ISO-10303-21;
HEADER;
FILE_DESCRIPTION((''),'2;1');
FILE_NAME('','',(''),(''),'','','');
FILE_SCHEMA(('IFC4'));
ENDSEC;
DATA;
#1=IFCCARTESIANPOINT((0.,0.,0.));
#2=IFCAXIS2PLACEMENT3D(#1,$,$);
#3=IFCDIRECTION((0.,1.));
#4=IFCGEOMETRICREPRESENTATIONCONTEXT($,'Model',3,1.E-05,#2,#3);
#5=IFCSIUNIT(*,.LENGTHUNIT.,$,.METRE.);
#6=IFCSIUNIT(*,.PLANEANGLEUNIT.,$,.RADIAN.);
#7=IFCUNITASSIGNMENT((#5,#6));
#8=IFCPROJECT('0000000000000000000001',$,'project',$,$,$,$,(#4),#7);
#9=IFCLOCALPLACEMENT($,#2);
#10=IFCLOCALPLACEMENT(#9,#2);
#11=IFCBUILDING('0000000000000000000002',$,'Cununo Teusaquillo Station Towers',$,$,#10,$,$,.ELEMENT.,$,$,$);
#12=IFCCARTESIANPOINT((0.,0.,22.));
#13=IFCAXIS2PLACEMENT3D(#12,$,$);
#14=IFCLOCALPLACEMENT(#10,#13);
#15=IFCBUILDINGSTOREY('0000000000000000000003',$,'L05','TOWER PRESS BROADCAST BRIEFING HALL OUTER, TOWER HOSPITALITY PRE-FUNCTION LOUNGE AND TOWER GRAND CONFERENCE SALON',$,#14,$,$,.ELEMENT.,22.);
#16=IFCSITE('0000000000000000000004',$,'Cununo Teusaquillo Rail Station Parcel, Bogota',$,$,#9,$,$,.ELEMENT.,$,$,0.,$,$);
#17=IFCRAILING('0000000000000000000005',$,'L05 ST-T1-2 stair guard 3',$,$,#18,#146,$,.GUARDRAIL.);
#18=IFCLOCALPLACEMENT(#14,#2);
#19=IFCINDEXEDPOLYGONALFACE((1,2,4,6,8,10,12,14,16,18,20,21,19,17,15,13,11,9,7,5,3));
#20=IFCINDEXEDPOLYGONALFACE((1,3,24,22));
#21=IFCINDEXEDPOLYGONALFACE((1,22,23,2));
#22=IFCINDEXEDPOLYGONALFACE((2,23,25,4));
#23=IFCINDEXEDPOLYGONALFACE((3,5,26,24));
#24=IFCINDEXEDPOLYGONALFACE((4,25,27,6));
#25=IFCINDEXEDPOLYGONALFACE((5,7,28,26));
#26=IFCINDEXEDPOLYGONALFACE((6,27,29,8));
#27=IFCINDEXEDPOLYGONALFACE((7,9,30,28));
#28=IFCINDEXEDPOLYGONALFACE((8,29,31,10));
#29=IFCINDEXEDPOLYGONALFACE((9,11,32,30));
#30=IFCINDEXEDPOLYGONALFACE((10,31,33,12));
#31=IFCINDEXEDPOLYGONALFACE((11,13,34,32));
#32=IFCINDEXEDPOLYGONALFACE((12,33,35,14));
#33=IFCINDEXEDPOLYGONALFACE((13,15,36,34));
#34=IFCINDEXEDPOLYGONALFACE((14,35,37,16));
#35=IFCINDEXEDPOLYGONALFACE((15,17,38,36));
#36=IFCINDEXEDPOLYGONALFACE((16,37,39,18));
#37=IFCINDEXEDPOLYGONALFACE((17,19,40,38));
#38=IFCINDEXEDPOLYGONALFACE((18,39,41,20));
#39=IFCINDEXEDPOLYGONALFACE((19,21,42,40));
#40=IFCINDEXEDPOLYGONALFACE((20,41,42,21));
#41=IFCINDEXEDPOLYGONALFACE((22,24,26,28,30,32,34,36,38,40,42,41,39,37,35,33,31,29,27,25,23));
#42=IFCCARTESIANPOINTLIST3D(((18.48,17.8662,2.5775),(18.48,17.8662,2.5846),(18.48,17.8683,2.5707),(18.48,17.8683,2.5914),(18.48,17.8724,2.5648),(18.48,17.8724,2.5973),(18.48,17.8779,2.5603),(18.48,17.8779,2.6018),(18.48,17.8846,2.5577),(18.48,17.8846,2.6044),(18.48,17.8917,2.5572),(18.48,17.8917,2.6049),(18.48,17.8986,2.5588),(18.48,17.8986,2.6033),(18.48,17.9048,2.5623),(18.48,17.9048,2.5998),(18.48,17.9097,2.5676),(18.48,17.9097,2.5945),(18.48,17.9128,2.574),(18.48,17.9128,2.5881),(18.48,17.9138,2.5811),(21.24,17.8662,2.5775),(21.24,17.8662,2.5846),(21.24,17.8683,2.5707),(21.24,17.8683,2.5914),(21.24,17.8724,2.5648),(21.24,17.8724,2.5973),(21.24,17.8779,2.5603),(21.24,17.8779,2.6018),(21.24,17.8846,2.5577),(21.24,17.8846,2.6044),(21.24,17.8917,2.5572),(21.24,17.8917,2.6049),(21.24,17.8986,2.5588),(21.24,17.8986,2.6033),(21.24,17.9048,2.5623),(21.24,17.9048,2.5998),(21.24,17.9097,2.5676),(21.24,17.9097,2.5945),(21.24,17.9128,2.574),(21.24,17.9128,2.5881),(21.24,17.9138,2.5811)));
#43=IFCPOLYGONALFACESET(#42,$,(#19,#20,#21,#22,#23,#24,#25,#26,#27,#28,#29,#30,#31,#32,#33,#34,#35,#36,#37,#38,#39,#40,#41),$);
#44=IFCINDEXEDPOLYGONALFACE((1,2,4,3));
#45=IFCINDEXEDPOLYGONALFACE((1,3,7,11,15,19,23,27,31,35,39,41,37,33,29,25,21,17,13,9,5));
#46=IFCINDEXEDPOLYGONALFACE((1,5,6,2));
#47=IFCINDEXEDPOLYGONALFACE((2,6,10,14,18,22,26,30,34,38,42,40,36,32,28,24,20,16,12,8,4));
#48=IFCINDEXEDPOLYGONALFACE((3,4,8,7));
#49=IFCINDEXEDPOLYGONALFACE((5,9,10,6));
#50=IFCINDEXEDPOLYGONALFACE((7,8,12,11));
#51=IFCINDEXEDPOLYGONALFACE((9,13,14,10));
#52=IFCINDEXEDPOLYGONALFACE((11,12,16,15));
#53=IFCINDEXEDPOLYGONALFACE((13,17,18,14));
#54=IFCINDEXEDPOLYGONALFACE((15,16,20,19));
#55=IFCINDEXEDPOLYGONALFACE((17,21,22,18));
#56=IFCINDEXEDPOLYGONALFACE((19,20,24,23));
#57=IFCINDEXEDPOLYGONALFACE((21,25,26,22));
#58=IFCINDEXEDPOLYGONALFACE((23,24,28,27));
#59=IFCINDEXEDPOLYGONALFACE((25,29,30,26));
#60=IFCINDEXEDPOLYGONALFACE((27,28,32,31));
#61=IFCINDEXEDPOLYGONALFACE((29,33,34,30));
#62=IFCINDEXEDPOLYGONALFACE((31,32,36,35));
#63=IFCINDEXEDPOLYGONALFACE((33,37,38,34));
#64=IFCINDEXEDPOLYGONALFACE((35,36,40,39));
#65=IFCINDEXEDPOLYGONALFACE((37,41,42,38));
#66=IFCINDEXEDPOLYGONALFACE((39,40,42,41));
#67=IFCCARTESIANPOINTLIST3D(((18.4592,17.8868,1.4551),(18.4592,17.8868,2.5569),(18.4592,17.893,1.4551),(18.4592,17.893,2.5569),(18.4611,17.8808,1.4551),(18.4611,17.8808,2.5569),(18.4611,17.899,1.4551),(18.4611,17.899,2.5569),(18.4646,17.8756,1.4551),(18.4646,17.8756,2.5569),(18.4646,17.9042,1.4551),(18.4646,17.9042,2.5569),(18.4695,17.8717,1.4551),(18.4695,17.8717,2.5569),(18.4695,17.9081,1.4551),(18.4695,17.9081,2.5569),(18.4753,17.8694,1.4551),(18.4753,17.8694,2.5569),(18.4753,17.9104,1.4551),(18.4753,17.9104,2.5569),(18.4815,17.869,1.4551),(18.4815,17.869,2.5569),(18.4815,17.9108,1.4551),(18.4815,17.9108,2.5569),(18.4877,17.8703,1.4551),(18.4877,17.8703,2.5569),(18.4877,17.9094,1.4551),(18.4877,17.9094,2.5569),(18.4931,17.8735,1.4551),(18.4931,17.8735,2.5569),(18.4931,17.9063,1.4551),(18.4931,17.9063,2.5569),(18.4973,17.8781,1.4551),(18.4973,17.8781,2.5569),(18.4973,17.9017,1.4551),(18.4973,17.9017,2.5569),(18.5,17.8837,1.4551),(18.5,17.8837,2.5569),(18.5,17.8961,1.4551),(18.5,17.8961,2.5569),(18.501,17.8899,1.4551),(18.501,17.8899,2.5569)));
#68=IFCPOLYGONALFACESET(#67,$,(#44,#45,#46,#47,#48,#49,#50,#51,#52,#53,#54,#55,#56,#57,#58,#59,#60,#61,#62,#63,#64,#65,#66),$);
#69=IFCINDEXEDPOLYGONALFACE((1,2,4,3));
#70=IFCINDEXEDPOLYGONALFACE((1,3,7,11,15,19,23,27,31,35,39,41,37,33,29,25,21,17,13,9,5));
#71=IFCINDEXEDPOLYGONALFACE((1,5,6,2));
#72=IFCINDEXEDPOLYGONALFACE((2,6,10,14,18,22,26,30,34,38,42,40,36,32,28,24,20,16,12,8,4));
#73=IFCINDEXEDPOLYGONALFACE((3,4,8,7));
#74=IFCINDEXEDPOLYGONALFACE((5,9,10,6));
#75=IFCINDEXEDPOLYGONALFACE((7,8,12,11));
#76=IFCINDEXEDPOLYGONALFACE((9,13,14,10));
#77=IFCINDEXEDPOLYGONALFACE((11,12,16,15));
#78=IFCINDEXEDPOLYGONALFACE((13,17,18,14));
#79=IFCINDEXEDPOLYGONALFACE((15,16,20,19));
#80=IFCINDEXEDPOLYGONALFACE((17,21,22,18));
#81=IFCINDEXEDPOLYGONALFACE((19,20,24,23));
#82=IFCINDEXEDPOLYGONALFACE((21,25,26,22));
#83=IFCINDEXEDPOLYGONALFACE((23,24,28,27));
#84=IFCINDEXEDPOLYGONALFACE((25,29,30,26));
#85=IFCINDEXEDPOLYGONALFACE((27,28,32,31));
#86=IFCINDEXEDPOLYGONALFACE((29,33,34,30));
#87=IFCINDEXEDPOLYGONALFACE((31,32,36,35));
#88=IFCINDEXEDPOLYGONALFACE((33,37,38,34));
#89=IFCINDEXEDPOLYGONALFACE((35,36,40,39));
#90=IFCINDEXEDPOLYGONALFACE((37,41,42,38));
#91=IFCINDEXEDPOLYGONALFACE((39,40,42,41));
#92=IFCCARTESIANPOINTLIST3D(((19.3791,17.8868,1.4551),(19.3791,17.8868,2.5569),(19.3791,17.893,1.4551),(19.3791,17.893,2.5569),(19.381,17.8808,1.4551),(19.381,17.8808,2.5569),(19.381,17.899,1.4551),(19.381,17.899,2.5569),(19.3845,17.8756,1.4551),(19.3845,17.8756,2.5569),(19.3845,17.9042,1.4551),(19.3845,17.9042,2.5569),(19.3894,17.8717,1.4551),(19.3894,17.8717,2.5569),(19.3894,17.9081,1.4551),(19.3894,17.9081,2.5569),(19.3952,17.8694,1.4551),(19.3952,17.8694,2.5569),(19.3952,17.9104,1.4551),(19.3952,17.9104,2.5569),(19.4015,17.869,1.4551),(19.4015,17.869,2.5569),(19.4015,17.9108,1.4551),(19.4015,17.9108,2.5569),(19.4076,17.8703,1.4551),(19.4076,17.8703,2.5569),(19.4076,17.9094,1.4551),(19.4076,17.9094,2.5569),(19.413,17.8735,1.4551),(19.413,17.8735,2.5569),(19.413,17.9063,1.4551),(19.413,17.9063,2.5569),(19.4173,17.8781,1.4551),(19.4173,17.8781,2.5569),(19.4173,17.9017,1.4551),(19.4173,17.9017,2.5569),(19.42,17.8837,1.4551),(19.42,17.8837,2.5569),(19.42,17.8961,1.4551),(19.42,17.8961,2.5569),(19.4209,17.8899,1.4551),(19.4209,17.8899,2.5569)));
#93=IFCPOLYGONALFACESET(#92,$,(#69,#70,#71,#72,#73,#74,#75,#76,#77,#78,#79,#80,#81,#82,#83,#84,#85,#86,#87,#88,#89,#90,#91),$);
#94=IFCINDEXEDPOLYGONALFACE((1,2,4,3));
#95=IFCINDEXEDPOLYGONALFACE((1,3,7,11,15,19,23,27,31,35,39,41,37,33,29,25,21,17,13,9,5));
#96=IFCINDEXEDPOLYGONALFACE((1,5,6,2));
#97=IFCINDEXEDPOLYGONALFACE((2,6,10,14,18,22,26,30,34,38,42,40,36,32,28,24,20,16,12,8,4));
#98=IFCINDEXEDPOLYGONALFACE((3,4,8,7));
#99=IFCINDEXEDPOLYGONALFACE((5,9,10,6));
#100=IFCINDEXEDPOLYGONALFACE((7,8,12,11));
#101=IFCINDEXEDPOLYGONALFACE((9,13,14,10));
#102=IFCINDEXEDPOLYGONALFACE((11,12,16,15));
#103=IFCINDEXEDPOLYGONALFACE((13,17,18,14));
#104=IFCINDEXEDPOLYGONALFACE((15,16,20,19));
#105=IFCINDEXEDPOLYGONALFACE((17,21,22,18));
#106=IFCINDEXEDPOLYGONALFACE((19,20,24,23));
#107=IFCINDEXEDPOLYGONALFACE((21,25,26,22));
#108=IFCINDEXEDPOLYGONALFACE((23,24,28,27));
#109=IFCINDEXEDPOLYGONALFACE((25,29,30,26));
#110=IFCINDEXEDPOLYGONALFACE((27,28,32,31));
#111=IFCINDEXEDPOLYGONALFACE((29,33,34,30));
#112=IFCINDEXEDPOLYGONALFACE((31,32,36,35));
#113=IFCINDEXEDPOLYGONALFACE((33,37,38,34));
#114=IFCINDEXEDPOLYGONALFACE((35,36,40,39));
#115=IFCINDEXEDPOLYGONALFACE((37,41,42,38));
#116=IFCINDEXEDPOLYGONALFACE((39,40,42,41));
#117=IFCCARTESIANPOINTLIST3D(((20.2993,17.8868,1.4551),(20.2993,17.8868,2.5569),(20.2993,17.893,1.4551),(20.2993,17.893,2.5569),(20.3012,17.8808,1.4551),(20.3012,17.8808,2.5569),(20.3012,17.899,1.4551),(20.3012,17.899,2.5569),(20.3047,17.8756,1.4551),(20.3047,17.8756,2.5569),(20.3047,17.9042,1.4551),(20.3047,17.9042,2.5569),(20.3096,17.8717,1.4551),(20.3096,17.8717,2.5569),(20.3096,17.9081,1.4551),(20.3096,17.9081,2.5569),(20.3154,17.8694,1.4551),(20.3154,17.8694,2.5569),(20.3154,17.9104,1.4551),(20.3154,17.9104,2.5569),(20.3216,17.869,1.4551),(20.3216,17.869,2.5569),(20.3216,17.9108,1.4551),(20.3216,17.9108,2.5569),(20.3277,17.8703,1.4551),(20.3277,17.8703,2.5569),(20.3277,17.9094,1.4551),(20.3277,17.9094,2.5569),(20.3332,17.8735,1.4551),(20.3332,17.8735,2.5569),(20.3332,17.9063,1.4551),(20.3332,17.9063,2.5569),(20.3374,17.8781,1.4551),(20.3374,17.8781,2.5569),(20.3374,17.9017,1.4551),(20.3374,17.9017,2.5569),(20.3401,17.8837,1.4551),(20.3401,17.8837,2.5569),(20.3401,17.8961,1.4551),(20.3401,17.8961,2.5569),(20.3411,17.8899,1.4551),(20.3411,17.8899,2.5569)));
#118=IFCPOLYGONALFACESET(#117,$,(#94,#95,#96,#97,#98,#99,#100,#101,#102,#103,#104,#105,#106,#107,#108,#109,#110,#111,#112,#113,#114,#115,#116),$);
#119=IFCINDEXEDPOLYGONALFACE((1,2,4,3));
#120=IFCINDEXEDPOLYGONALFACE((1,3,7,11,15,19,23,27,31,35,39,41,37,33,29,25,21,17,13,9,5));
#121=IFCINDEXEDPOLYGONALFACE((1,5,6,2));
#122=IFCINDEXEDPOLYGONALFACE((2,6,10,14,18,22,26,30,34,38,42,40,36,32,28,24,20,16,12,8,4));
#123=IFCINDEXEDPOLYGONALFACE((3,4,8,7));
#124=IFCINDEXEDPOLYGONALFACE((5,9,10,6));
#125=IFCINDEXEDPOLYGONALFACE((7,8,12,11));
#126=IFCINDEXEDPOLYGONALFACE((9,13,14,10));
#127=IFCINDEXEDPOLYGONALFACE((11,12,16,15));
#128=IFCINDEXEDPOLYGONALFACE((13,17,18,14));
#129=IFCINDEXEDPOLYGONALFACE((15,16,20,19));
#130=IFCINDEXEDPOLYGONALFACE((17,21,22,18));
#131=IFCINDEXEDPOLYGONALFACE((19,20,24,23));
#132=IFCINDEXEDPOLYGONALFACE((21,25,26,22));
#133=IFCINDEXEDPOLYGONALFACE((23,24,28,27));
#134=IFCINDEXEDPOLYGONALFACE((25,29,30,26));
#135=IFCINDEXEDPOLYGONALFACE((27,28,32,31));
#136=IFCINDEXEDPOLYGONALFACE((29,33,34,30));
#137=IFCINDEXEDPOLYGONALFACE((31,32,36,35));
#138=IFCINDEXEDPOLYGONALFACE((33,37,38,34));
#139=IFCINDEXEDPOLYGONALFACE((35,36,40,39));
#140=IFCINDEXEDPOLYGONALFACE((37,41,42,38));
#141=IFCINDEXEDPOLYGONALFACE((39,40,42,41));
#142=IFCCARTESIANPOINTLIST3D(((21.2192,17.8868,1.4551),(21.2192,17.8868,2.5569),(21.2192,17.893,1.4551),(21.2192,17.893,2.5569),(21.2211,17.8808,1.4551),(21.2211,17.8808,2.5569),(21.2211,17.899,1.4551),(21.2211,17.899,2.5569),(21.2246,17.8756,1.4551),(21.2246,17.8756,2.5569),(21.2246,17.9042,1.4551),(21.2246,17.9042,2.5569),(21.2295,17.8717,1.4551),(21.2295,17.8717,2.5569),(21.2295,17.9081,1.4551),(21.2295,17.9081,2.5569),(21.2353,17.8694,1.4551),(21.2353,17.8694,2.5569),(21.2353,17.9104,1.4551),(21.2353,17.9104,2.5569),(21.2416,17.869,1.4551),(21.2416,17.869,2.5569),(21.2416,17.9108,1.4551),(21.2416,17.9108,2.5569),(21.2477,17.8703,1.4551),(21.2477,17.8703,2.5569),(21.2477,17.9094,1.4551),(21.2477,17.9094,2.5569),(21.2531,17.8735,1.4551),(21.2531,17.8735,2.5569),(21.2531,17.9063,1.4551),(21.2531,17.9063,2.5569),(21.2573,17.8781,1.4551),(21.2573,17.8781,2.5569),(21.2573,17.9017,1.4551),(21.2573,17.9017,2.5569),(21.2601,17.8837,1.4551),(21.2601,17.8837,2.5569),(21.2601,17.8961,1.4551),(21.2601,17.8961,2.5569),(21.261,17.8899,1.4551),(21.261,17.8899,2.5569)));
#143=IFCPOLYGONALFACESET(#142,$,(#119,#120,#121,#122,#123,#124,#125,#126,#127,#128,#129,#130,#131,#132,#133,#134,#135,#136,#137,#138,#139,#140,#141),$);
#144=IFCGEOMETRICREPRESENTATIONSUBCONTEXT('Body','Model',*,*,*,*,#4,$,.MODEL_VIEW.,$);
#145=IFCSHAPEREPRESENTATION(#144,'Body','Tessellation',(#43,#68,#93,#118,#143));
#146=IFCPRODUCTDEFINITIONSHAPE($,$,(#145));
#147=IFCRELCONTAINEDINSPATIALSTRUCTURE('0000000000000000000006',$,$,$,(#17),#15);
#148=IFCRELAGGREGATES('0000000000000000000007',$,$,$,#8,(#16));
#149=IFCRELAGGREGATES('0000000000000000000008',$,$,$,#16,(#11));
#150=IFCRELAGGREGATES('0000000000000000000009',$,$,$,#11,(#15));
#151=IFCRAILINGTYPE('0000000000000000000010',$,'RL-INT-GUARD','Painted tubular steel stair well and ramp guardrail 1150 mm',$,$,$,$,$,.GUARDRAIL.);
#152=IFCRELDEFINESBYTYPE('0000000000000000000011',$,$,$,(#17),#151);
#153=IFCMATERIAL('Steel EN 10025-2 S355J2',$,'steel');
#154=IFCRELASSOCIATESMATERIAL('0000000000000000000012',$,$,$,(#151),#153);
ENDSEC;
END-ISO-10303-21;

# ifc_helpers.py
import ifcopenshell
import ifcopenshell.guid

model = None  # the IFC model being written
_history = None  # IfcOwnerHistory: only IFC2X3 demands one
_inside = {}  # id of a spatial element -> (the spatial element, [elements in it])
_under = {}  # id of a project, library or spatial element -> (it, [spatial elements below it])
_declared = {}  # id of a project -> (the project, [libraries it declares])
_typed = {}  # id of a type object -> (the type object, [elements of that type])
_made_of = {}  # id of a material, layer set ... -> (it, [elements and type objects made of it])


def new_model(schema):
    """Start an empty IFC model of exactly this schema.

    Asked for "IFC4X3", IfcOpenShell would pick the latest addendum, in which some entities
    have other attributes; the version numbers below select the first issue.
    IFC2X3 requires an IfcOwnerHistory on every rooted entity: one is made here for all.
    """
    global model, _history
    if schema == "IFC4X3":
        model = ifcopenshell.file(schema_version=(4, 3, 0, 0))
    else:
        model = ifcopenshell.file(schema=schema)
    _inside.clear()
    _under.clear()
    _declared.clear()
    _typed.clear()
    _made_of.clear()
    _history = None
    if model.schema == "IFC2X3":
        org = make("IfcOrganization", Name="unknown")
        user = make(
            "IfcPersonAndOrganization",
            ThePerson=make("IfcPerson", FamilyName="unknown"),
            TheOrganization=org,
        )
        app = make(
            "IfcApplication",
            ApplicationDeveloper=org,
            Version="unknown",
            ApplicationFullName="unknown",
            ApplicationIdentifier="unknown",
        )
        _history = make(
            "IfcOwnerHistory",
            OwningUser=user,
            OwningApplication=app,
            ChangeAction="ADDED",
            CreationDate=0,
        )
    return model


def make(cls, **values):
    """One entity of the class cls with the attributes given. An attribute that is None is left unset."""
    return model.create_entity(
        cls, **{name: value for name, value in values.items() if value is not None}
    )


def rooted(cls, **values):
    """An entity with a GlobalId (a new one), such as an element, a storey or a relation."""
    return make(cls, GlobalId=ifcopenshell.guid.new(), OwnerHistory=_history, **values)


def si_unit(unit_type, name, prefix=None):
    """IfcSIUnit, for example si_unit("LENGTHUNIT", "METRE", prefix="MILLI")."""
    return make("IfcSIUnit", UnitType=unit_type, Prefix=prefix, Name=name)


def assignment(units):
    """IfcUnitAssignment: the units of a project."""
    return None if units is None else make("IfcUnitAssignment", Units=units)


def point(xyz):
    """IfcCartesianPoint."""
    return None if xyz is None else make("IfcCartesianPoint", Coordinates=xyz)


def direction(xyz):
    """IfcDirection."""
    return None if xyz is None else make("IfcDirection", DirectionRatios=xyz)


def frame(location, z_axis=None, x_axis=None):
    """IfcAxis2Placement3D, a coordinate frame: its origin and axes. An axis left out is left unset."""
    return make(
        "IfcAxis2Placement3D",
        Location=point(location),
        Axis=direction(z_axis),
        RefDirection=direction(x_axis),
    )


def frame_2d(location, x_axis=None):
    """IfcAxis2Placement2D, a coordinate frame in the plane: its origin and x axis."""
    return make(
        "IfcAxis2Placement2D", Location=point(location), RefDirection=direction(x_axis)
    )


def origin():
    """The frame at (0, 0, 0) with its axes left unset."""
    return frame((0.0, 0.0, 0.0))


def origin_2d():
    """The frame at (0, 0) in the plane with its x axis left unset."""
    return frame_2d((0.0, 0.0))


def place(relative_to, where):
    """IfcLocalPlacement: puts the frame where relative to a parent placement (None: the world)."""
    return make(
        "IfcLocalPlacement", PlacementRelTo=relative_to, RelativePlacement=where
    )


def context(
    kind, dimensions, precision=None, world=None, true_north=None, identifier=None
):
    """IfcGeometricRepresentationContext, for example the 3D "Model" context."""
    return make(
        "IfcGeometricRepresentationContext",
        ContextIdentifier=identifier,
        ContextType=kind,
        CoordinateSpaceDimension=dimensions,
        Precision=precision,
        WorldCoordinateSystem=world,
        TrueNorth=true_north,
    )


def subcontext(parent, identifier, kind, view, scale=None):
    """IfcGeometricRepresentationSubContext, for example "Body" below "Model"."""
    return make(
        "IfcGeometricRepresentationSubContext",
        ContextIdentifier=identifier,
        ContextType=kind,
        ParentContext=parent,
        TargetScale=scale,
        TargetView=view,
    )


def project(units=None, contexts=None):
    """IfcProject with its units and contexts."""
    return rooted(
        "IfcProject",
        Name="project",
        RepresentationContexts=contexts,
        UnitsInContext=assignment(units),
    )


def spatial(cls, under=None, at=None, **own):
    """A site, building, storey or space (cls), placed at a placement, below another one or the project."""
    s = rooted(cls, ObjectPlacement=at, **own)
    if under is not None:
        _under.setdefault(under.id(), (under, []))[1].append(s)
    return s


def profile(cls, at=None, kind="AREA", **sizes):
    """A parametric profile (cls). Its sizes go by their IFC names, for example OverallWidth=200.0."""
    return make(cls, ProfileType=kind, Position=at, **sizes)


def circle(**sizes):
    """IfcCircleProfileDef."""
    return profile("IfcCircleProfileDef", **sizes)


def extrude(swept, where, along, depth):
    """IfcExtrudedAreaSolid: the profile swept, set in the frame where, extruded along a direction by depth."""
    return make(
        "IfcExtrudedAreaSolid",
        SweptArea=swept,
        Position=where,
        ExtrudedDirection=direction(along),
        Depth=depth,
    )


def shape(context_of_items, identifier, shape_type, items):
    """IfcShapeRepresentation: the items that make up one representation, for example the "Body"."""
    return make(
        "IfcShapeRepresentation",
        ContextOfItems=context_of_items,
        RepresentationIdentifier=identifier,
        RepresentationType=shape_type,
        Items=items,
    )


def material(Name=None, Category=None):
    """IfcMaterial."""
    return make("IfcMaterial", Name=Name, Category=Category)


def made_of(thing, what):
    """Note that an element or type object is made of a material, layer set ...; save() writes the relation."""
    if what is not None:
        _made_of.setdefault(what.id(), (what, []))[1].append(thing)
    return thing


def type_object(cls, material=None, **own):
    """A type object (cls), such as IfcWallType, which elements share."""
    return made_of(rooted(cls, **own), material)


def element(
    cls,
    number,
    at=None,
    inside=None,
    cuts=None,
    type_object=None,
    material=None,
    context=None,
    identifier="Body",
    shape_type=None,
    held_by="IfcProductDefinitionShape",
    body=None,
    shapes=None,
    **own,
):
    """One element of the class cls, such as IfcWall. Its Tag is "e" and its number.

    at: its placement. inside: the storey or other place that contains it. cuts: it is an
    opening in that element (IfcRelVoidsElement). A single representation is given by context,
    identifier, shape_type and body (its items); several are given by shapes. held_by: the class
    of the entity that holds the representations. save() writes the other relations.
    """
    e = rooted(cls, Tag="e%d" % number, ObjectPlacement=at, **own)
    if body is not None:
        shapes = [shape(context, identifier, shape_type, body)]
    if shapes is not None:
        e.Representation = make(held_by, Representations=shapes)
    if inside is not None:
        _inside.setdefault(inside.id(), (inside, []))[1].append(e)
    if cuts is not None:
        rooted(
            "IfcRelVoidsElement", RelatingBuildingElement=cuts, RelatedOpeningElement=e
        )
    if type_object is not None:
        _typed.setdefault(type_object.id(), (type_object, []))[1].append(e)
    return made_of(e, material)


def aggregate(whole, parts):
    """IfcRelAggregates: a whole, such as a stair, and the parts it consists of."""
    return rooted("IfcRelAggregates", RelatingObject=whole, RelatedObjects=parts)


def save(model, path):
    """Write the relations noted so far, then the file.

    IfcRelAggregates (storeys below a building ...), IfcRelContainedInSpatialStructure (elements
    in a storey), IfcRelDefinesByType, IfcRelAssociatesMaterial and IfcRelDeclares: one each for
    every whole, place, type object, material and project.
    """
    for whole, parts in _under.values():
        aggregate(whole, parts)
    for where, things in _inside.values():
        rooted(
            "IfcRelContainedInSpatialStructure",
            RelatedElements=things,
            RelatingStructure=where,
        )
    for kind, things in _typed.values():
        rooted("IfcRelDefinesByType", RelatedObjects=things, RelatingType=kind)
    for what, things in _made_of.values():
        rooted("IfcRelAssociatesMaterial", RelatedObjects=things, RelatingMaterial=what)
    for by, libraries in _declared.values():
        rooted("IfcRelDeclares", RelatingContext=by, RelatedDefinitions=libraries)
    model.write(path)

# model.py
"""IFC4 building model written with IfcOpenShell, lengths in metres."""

from ifc_helpers import new_model, si_unit, direction, frame, origin, origin_2d, place, context, subcontext, project, spatial, circle, extrude, material, type_object, element, save


model = new_model("IFC4")

# Units and contexts
model_context = context("Model", 3, precision=1e-05, world=origin(), true_north=direction((0.0, 1.0)))
body_context = subcontext(model_context, "Body", "Model", "MODEL_VIEW")
ifc_project = project(units=[si_unit("LENGTHUNIT", "METRE"), si_unit("PLANEANGLEUNIT", "RADIAN")], contexts=[model_context])

# Site, building, storey
site_placement = place(None, origin())
site = spatial("IfcSite", under=ifc_project, at=site_placement, Name="Cununo Teusaquillo Rail Station Parcel, Bogota", CompositionType="ELEMENT", RefElevation=0.0)
building_placement = place(site_placement, origin())
building = spatial("IfcBuilding", under=site, at=building_placement, Name="Cununo Teusaquillo Station Towers", CompositionType="ELEMENT")
storey_placement = place(building_placement, frame((0.0, 0.0, 22.0)))
storey = spatial("IfcBuildingStorey", under=building, at=storey_placement, Name="L05", Description="TOWER PRESS BROADCAST BRIEFING HALL OUTER, TOWER HOSPITALITY PRE-FUNCTION LOUNGE AND TOWER GRAND CONFERENCE SALON", CompositionType="ELEMENT", Elevation=22.0)

# Railing
ifc_material_1 = material(Name="Steel EN 10025-2 S355J2", Category="steel")
railing_type_1 = type_object("IfcRailingType", Name="RL-INT-GUARD", Description="Painted tubular steel stair well and ramp guardrail 1150 mm", PredefinedType="GUARDRAIL", material=ifc_material_1)
railing_1_placement = place(storey_placement, frame((18.48, 17.8899, 1.4551)))
element("IfcRailing", 1, at=railing_1_placement, inside=storey, type_object=railing_type_1, Name="L05 ST-T1-2 stair guard 3", PredefinedType="GUARDRAIL", context=body_context, shape_type="SweptSolid", body=[
    extrude(circle(Radius=0.0239, at=origin_2d()), frame((0.0, 0.0, 1.126), z_axis=(1.0, 0.0, 0.0), x_axis=(0.0, 1.0, 0.0)), (0.0, 0.0, 1.0), 2.76),
    extrude(circle(Radius=0.021, at=origin_2d()), origin(), (0.0, 0.0, 1.0), 1.1018),
    extrude(circle(Radius=0.021, at=origin_2d()), frame((0.9199, 0.0, 0.0)), (0.0, 0.0, 1.0), 1.1018),
    extrude(circle(Radius=0.021, at=origin_2d()), frame((1.8401, 0.0, 0.0)), (0.0, 0.0, 1.0), 1.1018),
    extrude(circle(Radius=0.021, at=origin_2d()), frame((2.76, 0.0, 0.0)), (0.0, 0.0, 1.0), 1.1018),
])

save(model, "model.ifc")
